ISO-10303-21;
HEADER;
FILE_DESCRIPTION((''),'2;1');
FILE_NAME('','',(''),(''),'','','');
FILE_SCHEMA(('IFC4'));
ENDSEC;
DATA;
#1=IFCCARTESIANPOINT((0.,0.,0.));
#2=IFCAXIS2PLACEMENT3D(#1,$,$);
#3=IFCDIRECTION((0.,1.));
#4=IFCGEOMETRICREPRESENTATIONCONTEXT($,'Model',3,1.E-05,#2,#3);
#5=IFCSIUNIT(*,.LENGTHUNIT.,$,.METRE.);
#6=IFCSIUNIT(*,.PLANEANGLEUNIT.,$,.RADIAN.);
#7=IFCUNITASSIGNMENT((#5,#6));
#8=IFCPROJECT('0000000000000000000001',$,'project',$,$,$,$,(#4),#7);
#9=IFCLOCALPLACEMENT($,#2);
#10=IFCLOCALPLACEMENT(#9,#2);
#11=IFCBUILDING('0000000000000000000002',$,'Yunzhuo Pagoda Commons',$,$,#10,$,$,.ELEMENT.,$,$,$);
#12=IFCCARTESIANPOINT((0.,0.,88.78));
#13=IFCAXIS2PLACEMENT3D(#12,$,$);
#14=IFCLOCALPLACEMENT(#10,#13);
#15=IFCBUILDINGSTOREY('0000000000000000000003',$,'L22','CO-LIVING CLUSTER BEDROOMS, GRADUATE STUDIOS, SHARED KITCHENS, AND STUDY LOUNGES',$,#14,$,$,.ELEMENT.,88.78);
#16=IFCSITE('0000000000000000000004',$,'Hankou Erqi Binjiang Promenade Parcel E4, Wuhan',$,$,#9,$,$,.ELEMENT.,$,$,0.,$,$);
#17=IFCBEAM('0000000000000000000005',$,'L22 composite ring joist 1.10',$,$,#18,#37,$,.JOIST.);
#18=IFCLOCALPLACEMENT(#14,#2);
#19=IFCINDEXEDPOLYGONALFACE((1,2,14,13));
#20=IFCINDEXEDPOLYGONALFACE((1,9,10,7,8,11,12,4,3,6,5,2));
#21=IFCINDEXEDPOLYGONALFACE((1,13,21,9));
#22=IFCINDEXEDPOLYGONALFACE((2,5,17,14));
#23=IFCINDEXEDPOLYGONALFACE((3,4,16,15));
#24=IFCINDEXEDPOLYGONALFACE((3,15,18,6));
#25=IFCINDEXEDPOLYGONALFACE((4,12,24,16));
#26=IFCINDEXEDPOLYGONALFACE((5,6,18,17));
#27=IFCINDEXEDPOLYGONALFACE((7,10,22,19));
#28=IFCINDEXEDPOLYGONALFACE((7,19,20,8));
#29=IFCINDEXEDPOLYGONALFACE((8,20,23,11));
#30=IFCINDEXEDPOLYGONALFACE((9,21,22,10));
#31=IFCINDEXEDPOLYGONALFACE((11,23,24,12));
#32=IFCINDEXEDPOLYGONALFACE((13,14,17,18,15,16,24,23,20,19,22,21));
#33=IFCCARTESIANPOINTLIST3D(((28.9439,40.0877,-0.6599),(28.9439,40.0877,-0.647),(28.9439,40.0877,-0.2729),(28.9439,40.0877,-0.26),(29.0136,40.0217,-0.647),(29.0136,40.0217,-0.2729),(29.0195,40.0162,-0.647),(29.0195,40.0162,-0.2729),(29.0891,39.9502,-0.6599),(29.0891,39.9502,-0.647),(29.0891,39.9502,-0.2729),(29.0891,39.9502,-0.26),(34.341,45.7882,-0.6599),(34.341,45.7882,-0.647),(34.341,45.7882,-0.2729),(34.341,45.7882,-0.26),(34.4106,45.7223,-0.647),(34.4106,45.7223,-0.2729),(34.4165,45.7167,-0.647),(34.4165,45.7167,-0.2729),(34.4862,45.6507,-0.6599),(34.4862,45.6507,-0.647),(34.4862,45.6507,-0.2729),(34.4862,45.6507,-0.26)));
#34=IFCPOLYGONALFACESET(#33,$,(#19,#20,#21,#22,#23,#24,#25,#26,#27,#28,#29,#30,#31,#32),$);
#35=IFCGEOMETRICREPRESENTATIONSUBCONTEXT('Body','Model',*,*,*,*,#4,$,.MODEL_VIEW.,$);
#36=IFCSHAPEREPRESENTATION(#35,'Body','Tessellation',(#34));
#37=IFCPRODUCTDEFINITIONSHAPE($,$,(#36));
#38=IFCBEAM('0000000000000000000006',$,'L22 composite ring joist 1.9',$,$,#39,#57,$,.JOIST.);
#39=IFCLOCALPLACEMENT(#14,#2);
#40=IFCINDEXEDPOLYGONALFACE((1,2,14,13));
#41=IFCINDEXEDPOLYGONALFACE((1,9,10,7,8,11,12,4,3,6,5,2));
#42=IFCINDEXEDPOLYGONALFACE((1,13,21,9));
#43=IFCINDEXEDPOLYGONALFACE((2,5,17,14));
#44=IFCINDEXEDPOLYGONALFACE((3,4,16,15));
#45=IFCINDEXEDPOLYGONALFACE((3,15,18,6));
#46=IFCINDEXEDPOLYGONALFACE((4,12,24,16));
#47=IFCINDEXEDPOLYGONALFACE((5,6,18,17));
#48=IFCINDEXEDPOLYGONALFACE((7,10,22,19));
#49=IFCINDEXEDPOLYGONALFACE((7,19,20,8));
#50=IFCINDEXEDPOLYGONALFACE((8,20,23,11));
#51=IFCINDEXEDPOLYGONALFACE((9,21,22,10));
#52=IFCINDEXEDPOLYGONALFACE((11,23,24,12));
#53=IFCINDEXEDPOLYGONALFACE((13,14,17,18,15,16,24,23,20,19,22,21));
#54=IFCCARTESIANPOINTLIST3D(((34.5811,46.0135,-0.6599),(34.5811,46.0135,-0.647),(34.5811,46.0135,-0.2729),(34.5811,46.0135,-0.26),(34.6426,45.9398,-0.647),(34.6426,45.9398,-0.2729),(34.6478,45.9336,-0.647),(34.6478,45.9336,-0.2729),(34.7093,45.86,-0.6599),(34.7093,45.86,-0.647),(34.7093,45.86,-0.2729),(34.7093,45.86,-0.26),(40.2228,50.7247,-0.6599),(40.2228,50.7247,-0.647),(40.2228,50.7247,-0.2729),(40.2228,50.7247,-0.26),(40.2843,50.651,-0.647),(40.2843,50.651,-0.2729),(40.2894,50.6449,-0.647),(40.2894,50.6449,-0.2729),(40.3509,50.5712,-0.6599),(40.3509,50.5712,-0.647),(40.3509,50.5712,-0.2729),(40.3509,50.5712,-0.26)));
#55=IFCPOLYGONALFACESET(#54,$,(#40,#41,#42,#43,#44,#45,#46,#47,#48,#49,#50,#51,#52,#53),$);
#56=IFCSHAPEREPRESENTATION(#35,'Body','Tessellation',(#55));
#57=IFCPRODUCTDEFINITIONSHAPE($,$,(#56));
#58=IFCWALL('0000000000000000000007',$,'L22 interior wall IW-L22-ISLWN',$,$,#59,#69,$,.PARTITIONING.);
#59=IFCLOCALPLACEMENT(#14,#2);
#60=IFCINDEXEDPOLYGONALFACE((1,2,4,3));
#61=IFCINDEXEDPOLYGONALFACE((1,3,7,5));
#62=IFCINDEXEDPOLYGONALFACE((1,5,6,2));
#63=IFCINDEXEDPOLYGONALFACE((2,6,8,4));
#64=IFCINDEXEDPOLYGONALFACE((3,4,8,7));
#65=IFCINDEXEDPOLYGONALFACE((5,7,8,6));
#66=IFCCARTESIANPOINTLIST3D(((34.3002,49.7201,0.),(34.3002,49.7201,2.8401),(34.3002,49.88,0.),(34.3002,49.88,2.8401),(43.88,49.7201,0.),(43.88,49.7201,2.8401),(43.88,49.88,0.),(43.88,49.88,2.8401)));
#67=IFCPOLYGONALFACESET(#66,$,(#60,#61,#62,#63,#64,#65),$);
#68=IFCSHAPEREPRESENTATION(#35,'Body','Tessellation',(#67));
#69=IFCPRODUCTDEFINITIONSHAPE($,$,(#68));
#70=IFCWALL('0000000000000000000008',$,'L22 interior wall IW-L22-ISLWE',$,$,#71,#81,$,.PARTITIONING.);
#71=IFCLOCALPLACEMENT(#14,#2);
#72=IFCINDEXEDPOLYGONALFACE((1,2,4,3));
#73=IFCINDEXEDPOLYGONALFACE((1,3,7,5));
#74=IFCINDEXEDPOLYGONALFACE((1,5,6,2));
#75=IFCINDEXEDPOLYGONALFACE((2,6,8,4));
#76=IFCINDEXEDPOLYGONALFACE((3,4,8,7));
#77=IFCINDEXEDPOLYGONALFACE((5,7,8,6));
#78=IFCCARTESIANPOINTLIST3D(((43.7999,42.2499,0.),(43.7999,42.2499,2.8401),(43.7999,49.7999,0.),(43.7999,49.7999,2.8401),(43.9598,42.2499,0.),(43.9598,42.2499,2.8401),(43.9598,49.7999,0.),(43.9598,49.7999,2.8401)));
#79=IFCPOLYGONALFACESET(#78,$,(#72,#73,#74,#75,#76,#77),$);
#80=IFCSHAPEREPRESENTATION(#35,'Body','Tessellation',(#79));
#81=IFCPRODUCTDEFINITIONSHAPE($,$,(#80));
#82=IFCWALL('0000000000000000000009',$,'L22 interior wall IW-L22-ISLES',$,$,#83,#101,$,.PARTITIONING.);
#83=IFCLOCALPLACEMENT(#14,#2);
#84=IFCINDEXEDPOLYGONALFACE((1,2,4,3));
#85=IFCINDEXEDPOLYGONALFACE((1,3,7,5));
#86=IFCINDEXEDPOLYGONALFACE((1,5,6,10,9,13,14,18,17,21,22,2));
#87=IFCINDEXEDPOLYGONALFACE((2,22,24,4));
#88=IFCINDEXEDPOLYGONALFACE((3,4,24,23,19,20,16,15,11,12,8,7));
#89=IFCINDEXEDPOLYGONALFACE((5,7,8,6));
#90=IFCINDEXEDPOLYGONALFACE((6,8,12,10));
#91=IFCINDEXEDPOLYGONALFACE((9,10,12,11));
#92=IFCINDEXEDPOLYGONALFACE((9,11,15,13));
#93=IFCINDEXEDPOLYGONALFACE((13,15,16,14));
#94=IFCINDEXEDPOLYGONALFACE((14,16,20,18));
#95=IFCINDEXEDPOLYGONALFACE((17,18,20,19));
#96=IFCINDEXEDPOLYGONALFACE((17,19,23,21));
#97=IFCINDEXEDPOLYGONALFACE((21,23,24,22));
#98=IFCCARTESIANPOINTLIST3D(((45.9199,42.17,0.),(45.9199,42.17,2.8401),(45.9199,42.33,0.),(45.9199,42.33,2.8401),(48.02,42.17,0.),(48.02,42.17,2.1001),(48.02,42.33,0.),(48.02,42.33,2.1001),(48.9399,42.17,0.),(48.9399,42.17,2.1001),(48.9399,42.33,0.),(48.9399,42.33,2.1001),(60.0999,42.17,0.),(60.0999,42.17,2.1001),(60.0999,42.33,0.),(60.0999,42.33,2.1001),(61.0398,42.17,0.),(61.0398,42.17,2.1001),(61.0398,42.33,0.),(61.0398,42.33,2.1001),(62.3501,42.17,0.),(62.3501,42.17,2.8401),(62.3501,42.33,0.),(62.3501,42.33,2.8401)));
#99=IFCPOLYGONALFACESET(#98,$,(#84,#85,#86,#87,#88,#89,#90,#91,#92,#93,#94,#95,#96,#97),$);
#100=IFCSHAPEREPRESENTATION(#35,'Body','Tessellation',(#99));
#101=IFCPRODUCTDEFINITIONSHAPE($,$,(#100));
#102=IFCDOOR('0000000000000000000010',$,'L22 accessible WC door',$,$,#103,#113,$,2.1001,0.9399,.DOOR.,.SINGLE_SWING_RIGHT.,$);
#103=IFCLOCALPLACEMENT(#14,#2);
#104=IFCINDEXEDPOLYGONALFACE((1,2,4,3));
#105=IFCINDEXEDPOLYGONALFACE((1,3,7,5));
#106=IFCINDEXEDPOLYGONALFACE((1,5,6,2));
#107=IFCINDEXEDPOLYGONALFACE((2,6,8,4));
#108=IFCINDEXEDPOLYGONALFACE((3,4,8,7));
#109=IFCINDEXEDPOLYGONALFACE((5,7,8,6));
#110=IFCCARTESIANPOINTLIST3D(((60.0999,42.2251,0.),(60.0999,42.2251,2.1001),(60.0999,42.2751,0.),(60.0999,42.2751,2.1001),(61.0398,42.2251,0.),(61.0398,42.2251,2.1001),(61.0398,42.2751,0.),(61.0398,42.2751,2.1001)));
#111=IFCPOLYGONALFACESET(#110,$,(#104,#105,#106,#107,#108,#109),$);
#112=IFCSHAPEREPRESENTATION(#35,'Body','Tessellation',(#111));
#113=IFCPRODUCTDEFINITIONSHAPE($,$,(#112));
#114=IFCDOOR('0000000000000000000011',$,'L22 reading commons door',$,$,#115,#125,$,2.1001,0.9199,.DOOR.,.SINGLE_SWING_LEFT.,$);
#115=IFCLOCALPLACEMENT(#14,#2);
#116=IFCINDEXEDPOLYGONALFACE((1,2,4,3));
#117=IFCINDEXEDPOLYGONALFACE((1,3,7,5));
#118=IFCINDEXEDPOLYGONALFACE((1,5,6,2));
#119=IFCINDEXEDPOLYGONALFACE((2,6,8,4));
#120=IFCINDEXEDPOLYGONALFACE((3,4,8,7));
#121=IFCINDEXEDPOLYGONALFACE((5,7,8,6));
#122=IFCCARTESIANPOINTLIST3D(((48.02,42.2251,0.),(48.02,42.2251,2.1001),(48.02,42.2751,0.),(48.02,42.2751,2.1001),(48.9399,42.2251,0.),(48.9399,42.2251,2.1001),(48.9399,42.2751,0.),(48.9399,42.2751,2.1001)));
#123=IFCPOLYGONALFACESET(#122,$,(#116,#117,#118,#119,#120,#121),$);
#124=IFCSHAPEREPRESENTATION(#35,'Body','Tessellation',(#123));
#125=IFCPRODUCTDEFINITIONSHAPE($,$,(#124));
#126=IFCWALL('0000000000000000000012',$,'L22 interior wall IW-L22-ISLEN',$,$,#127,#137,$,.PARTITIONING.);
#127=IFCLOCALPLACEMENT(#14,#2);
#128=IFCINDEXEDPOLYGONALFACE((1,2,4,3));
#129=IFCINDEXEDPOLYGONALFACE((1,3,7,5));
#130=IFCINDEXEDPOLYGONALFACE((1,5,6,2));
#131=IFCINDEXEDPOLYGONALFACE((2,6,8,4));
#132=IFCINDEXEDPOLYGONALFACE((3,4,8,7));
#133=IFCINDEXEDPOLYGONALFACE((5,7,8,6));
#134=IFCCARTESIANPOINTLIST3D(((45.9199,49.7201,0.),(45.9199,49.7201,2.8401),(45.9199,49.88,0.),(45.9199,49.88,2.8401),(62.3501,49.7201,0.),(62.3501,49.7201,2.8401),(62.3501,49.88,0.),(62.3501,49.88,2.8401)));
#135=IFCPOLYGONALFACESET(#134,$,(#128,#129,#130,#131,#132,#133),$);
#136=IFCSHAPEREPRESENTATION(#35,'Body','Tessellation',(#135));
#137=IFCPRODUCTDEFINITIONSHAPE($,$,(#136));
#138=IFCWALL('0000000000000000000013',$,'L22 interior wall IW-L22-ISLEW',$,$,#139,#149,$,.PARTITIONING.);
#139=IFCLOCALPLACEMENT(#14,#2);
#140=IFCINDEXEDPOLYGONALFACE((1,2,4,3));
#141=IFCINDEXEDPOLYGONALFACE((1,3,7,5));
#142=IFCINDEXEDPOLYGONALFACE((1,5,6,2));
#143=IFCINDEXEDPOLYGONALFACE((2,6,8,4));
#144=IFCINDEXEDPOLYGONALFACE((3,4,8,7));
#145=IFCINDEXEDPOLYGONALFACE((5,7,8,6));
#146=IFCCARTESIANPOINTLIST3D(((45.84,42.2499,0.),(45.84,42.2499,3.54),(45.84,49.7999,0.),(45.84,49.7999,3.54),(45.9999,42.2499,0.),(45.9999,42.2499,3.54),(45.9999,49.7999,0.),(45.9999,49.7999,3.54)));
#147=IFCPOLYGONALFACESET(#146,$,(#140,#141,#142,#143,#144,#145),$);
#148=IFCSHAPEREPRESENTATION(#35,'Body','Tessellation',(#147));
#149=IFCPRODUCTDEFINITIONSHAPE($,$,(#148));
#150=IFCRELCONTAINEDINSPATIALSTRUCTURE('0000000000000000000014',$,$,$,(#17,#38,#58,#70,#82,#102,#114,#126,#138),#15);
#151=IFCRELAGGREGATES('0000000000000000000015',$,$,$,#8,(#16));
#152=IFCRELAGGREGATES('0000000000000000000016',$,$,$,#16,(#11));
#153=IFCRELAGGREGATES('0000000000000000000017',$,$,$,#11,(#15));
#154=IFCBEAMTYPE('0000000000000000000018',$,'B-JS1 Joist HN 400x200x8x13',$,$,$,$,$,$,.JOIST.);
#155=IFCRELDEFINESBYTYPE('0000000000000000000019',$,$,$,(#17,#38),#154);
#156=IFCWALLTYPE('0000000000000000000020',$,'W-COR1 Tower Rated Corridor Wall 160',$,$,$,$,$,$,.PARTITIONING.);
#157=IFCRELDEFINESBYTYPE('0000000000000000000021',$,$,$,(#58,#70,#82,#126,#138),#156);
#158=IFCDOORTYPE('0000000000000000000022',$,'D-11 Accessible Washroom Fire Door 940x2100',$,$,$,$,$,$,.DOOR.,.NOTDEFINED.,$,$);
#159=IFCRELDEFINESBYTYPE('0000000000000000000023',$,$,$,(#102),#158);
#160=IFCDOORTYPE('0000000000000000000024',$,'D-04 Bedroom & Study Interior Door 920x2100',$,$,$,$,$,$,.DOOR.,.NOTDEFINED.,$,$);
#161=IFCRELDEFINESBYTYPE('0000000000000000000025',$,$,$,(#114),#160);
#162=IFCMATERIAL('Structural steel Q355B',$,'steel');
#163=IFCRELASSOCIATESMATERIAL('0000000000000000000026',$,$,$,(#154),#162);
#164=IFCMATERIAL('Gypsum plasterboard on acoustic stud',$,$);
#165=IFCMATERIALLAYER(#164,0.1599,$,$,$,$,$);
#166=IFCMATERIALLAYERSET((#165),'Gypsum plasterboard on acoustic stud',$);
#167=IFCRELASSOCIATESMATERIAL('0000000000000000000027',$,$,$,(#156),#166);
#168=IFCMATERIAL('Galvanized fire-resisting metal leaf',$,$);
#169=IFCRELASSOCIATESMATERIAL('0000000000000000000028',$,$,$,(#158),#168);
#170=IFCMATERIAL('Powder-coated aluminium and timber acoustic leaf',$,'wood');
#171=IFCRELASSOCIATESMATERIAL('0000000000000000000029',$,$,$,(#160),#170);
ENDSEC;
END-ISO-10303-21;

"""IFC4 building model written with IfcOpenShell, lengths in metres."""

from ifc_helpers import new_model, si_unit, direction, frame, frame_2d, origin, origin_2d, place, context, subcontext, project, spatial, rectangle, i_section, extrude, source, transform, mapped, material, layer, layer_set, material_profile, profile_set, type_object, element, fill, save


model = new_model("IFC4")

# Units and contexts
model_context = context("Model", 3, precision=1e-05, world=origin(), true_north=direction((0.0, 1.0)))
body_context = subcontext(model_context, "Body", "Model", "MODEL_VIEW")
ifc_project = project(units=[si_unit("LENGTHUNIT", "METRE"), si_unit("PLANEANGLEUNIT", "RADIAN")], contexts=[model_context])

# Site, building, storey
site_placement = place(None, origin())
site = spatial("IfcSite", under=ifc_project, at=site_placement, Name="Hankou Erqi Binjiang Promenade Parcel E4, Wuhan", CompositionType="ELEMENT", RefElevation=0.0)
building_placement = place(site_placement, origin())
building = spatial("IfcBuilding", under=site, at=building_placement, Name="Yunzhuo Pagoda Commons", CompositionType="ELEMENT")
storey_placement = place(building_placement, frame((0.0, 0.0, 88.78)))
storey = spatial("IfcBuildingStorey", under=building, at=storey_placement, Name="L22", Description="CO-LIVING CLUSTER BEDROOMS, GRADUATE STUDIOS, SHARED KITCHENS, AND STUDY LOUNGES", CompositionType="ELEMENT", Elevation=88.78)

# Beams
ifc_material_1 = material(Name="Structural steel Q355B", Category="steel")
ifc_material_profile = material_profile(ifc_material_1, i_section(OverallWidth=0.2, OverallDepth=0.3999, WebThickness=0.0081, FlangeThickness=0.0129, at=origin_2d()), Name="Structural steel Q355B")
ifc_profile_set = profile_set([ifc_material_profile], Name="Structural steel Q355B")
beam_type = type_object("IfcBeamType", Name="B-JS1 Joist HN 400x200x8x13", PredefinedType="JOIST", material=ifc_profile_set)
shared_shape_1 = source(origin(), body_context, "Body", "SweptSolid", [
    extrude(i_section(OverallWidth=0.2, OverallDepth=0.3999, WebThickness=0.0081, FlangeThickness=0.0129, at=origin_2d()), origin(), (0.0, 0.0, 1.0), 7.8501),
])
beam_1_placement = place(storey_placement, frame((34.4136, 45.7195, -0.46), z_axis=(-0.687513, -0.726172, 0.0), x_axis=(0.726172, -0.687513, 0.0)))
element("IfcBeam", 1, at=beam_1_placement, inside=storey, type_object=beam_type, Name="L22 composite ring joist 1.10", PredefinedType="JOIST", context=body_context, shape_type="MappedRepresentation", body=[
    mapped(shared_shape_1, transform((0.0, 0.0, 0.0), scale=1.0)),
])
shared_shape_2 = source(origin(), body_context, "Body", "SweptSolid", [
    extrude(i_section(OverallWidth=0.2, OverallDepth=0.3999, WebThickness=0.0081, FlangeThickness=0.0129, at=origin_2d()), origin(), (0.0, 0.0, 1.0), 7.3501),
])
beam_2_placement = place(storey_placement, frame((40.2869, 50.6479, -0.46), z_axis=(-0.767562, -0.640975, 0.0), x_axis=(0.640975, -0.767562, 0.0)))
element("IfcBeam", 2, at=beam_2_placement, inside=storey, type_object=beam_type, Name="L22 composite ring joist 1.9", PredefinedType="JOIST", context=body_context, shape_type="MappedRepresentation", body=[
    mapped(shared_shape_2, transform((0.0, 0.0, 0.0), scale=1.0)),
])

# Walls
ifc_material_2 = material(Name="Gypsum plasterboard on acoustic stud")
ifc_layer_1 = layer(ifc_material_2, 0.1599)
ifc_layer_set_1 = layer_set([ifc_layer_1], Name="Gypsum plasterboard on acoustic stud")
wall_type_1 = type_object("IfcWallType", Name="W-COR1 Tower Rated Corridor Wall 160", PredefinedType="PARTITIONING", material=ifc_layer_set_1)
wall_1_placement = place(storey_placement, frame((34.3, 49.8, 0.0), z_axis=(0.0, 0.0, 1.0), x_axis=(1.0, 0.0, 0.0)))
element("IfcWall", 3, at=wall_1_placement, inside=storey, type_object=wall_type_1, Name="L22 interior wall IW-L22-ISLWN", PredefinedType="PARTITIONING", context=body_context, shape_type="SweptSolid", body=[
    extrude(rectangle(XDim=9.5798, YDim=0.1599, at=frame_2d((4.79, 0.0))), origin(), (0.0, 0.0, 1.0), 2.8401),
])
wall_2_placement = place(storey_placement, frame((43.8799, 42.25, 0.0), z_axis=(0.0, 0.0, 1.0), x_axis=(0.0, 1.0, 0.0)))
element("IfcWall", 4, at=wall_2_placement, inside=storey, type_object=wall_type_1, Name="L22 interior wall IW-L22-ISLWE", PredefinedType="PARTITIONING", context=body_context, shape_type="SweptSolid", body=[
    extrude(rectangle(XDim=7.55, YDim=0.1599, at=frame_2d((3.7749, 0.0))), origin(), (0.0, 0.0, 1.0), 2.8401),
])

# Wall, openings, doors
wall_3_placement = place(storey_placement, frame((45.9199, 42.25, 0.0), z_axis=(0.0, 0.0, 1.0), x_axis=(1.0, 0.0, 0.0)))
wall_3 = element("IfcWall", 5, at=wall_3_placement, inside=storey, type_object=wall_type_1, Name="L22 interior wall IW-L22-ISLES", PredefinedType="PARTITIONING", context=body_context, shape_type="SweptSolid", body=[
    extrude(rectangle(XDim=16.4302, YDim=0.1599, at=frame_2d((8.2151, 0.0))), origin(), (0.0, 0.0, 1.0), 2.8401),
])
opening_1_placement = place(wall_3_placement, frame((2.1001, 0.0, 0.0)))
opening_1 = element("IfcOpeningElement", 6, at=opening_1_placement, cuts=wall_3, PredefinedType="OPENING", context=body_context, shape_type="SweptSolid", body=[
    extrude(rectangle(XDim=0.9199, YDim=2.1001, at=frame_2d((0.46, 1.05))), frame((0.0, 0.0898, 0.0), z_axis=(0.0, -1.0, 0.0), x_axis=(1.0, 0.0, 0.0)), (0.0, 0.0, 1.0), 0.1799),
])
opening_2_placement = place(wall_3_placement, frame((14.1799, 0.0, 0.0)))
opening_2 = element("IfcOpeningElement", 7, at=opening_2_placement, cuts=wall_3, PredefinedType="OPENING", context=body_context, shape_type="SweptSolid", body=[
    extrude(rectangle(XDim=0.9399, YDim=2.1001, at=frame_2d((0.47, 1.05))), frame((0.0, 0.0898, 0.0), z_axis=(0.0, -1.0, 0.0), x_axis=(1.0, 0.0, 0.0)), (0.0, 0.0, 1.0), 0.1799),
])
ifc_material_3 = material(Name="Galvanized fire-resisting metal leaf")
door_type_1 = type_object("IfcDoorType", Name="D-11 Accessible Washroom Fire Door 940x2100", OperationType="NOTDEFINED", PredefinedType="DOOR", material=ifc_material_3)
shared_shape_3 = source(origin(), body_context, "Body", "SweptSolid", [
    extrude(rectangle(XDim=0.9399, YDim=2.1001, at=frame_2d((0.47, 1.05))), frame((0.0, 0.0249, 0.0), z_axis=(0.0, -1.0, 0.0), x_axis=(1.0, 0.0, 0.0)), (0.0, 0.0, 1.0), 0.05),
])
door_1_placement = place(opening_2_placement, frame((0.9399, 0.0, 0.0), z_axis=(0.0, 0.0, 1.0), x_axis=(-1.0, 0.0, 0.0)))
door_1 = element("IfcDoor", 8, at=door_1_placement, inside=storey, type_object=door_type_1, Name="L22 accessible WC door", OperationType="SINGLE_SWING_RIGHT", OverallHeight=2.1001, OverallWidth=0.9399, PredefinedType="DOOR", context=body_context, shape_type="MappedRepresentation", body=[
    mapped(shared_shape_3, transform((0.0, 0.0, 0.0), scale=1.0)),
])
fill(opening_2, door_1)
ifc_material_4 = material(Name="Powder-coated aluminium and timber acoustic leaf", Category="wood")
door_type_2 = type_object("IfcDoorType", Name="D-04 Bedroom & Study Interior Door 920x2100", OperationType="NOTDEFINED", PredefinedType="DOOR", material=ifc_material_4)
shared_shape_4 = source(origin(), body_context, "Body", "SweptSolid", [
    extrude(rectangle(XDim=0.9199, YDim=2.1001, at=frame_2d((0.46, 1.05))), frame((0.0, 0.0249, 0.0), z_axis=(0.0, -1.0, 0.0), x_axis=(1.0, 0.0, 0.0)), (0.0, 0.0, 1.0), 0.05),
])
door_2_placement = place(opening_1_placement, frame((0.9199, 0.0, 0.0), z_axis=(0.0, 0.0, 1.0), x_axis=(-1.0, 0.0, 0.0)))
door_2 = element("IfcDoor", 9, at=door_2_placement, inside=storey, type_object=door_type_2, Name="L22 reading commons door", OperationType="SINGLE_SWING_LEFT", OverallHeight=2.1001, OverallWidth=0.9199, PredefinedType="DOOR", context=body_context, shape_type="MappedRepresentation", body=[
    mapped(shared_shape_4, transform((0.0, 0.0, 0.0), scale=1.0)),
])
fill(opening_1, door_2)

# Walls
wall_4_placement = place(storey_placement, frame((45.9199, 49.8, 0.0), z_axis=(0.0, 0.0, 1.0), x_axis=(1.0, 0.0, 0.0)))
element("IfcWall", 10, at=wall_4_placement, inside=storey, type_object=wall_type_1, Name="L22 interior wall IW-L22-ISLEN", PredefinedType="PARTITIONING", context=body_context, shape_type="SweptSolid", body=[
    extrude(rectangle(XDim=16.4302, YDim=0.1599, at=frame_2d((8.2151, 0.0))), origin(), (0.0, 0.0, 1.0), 2.8401),
])
wall_5_placement = place(storey_placement, frame((45.9199, 42.25, 0.0), z_axis=(0.0, 0.0, 1.0), x_axis=(0.0, 1.0, 0.0)))
element("IfcWall", 11, at=wall_5_placement, inside=storey, type_object=wall_type_1, Name="L22 interior wall IW-L22-ISLEW", PredefinedType="PARTITIONING", context=body_context, shape_type="SweptSolid", body=[
    extrude(rectangle(XDim=7.55, YDim=0.1599, at=frame_2d((3.7749, 0.0))), origin(), (0.0, 0.0, 1.0), 3.54),
])

save(model, "model.ifc")
